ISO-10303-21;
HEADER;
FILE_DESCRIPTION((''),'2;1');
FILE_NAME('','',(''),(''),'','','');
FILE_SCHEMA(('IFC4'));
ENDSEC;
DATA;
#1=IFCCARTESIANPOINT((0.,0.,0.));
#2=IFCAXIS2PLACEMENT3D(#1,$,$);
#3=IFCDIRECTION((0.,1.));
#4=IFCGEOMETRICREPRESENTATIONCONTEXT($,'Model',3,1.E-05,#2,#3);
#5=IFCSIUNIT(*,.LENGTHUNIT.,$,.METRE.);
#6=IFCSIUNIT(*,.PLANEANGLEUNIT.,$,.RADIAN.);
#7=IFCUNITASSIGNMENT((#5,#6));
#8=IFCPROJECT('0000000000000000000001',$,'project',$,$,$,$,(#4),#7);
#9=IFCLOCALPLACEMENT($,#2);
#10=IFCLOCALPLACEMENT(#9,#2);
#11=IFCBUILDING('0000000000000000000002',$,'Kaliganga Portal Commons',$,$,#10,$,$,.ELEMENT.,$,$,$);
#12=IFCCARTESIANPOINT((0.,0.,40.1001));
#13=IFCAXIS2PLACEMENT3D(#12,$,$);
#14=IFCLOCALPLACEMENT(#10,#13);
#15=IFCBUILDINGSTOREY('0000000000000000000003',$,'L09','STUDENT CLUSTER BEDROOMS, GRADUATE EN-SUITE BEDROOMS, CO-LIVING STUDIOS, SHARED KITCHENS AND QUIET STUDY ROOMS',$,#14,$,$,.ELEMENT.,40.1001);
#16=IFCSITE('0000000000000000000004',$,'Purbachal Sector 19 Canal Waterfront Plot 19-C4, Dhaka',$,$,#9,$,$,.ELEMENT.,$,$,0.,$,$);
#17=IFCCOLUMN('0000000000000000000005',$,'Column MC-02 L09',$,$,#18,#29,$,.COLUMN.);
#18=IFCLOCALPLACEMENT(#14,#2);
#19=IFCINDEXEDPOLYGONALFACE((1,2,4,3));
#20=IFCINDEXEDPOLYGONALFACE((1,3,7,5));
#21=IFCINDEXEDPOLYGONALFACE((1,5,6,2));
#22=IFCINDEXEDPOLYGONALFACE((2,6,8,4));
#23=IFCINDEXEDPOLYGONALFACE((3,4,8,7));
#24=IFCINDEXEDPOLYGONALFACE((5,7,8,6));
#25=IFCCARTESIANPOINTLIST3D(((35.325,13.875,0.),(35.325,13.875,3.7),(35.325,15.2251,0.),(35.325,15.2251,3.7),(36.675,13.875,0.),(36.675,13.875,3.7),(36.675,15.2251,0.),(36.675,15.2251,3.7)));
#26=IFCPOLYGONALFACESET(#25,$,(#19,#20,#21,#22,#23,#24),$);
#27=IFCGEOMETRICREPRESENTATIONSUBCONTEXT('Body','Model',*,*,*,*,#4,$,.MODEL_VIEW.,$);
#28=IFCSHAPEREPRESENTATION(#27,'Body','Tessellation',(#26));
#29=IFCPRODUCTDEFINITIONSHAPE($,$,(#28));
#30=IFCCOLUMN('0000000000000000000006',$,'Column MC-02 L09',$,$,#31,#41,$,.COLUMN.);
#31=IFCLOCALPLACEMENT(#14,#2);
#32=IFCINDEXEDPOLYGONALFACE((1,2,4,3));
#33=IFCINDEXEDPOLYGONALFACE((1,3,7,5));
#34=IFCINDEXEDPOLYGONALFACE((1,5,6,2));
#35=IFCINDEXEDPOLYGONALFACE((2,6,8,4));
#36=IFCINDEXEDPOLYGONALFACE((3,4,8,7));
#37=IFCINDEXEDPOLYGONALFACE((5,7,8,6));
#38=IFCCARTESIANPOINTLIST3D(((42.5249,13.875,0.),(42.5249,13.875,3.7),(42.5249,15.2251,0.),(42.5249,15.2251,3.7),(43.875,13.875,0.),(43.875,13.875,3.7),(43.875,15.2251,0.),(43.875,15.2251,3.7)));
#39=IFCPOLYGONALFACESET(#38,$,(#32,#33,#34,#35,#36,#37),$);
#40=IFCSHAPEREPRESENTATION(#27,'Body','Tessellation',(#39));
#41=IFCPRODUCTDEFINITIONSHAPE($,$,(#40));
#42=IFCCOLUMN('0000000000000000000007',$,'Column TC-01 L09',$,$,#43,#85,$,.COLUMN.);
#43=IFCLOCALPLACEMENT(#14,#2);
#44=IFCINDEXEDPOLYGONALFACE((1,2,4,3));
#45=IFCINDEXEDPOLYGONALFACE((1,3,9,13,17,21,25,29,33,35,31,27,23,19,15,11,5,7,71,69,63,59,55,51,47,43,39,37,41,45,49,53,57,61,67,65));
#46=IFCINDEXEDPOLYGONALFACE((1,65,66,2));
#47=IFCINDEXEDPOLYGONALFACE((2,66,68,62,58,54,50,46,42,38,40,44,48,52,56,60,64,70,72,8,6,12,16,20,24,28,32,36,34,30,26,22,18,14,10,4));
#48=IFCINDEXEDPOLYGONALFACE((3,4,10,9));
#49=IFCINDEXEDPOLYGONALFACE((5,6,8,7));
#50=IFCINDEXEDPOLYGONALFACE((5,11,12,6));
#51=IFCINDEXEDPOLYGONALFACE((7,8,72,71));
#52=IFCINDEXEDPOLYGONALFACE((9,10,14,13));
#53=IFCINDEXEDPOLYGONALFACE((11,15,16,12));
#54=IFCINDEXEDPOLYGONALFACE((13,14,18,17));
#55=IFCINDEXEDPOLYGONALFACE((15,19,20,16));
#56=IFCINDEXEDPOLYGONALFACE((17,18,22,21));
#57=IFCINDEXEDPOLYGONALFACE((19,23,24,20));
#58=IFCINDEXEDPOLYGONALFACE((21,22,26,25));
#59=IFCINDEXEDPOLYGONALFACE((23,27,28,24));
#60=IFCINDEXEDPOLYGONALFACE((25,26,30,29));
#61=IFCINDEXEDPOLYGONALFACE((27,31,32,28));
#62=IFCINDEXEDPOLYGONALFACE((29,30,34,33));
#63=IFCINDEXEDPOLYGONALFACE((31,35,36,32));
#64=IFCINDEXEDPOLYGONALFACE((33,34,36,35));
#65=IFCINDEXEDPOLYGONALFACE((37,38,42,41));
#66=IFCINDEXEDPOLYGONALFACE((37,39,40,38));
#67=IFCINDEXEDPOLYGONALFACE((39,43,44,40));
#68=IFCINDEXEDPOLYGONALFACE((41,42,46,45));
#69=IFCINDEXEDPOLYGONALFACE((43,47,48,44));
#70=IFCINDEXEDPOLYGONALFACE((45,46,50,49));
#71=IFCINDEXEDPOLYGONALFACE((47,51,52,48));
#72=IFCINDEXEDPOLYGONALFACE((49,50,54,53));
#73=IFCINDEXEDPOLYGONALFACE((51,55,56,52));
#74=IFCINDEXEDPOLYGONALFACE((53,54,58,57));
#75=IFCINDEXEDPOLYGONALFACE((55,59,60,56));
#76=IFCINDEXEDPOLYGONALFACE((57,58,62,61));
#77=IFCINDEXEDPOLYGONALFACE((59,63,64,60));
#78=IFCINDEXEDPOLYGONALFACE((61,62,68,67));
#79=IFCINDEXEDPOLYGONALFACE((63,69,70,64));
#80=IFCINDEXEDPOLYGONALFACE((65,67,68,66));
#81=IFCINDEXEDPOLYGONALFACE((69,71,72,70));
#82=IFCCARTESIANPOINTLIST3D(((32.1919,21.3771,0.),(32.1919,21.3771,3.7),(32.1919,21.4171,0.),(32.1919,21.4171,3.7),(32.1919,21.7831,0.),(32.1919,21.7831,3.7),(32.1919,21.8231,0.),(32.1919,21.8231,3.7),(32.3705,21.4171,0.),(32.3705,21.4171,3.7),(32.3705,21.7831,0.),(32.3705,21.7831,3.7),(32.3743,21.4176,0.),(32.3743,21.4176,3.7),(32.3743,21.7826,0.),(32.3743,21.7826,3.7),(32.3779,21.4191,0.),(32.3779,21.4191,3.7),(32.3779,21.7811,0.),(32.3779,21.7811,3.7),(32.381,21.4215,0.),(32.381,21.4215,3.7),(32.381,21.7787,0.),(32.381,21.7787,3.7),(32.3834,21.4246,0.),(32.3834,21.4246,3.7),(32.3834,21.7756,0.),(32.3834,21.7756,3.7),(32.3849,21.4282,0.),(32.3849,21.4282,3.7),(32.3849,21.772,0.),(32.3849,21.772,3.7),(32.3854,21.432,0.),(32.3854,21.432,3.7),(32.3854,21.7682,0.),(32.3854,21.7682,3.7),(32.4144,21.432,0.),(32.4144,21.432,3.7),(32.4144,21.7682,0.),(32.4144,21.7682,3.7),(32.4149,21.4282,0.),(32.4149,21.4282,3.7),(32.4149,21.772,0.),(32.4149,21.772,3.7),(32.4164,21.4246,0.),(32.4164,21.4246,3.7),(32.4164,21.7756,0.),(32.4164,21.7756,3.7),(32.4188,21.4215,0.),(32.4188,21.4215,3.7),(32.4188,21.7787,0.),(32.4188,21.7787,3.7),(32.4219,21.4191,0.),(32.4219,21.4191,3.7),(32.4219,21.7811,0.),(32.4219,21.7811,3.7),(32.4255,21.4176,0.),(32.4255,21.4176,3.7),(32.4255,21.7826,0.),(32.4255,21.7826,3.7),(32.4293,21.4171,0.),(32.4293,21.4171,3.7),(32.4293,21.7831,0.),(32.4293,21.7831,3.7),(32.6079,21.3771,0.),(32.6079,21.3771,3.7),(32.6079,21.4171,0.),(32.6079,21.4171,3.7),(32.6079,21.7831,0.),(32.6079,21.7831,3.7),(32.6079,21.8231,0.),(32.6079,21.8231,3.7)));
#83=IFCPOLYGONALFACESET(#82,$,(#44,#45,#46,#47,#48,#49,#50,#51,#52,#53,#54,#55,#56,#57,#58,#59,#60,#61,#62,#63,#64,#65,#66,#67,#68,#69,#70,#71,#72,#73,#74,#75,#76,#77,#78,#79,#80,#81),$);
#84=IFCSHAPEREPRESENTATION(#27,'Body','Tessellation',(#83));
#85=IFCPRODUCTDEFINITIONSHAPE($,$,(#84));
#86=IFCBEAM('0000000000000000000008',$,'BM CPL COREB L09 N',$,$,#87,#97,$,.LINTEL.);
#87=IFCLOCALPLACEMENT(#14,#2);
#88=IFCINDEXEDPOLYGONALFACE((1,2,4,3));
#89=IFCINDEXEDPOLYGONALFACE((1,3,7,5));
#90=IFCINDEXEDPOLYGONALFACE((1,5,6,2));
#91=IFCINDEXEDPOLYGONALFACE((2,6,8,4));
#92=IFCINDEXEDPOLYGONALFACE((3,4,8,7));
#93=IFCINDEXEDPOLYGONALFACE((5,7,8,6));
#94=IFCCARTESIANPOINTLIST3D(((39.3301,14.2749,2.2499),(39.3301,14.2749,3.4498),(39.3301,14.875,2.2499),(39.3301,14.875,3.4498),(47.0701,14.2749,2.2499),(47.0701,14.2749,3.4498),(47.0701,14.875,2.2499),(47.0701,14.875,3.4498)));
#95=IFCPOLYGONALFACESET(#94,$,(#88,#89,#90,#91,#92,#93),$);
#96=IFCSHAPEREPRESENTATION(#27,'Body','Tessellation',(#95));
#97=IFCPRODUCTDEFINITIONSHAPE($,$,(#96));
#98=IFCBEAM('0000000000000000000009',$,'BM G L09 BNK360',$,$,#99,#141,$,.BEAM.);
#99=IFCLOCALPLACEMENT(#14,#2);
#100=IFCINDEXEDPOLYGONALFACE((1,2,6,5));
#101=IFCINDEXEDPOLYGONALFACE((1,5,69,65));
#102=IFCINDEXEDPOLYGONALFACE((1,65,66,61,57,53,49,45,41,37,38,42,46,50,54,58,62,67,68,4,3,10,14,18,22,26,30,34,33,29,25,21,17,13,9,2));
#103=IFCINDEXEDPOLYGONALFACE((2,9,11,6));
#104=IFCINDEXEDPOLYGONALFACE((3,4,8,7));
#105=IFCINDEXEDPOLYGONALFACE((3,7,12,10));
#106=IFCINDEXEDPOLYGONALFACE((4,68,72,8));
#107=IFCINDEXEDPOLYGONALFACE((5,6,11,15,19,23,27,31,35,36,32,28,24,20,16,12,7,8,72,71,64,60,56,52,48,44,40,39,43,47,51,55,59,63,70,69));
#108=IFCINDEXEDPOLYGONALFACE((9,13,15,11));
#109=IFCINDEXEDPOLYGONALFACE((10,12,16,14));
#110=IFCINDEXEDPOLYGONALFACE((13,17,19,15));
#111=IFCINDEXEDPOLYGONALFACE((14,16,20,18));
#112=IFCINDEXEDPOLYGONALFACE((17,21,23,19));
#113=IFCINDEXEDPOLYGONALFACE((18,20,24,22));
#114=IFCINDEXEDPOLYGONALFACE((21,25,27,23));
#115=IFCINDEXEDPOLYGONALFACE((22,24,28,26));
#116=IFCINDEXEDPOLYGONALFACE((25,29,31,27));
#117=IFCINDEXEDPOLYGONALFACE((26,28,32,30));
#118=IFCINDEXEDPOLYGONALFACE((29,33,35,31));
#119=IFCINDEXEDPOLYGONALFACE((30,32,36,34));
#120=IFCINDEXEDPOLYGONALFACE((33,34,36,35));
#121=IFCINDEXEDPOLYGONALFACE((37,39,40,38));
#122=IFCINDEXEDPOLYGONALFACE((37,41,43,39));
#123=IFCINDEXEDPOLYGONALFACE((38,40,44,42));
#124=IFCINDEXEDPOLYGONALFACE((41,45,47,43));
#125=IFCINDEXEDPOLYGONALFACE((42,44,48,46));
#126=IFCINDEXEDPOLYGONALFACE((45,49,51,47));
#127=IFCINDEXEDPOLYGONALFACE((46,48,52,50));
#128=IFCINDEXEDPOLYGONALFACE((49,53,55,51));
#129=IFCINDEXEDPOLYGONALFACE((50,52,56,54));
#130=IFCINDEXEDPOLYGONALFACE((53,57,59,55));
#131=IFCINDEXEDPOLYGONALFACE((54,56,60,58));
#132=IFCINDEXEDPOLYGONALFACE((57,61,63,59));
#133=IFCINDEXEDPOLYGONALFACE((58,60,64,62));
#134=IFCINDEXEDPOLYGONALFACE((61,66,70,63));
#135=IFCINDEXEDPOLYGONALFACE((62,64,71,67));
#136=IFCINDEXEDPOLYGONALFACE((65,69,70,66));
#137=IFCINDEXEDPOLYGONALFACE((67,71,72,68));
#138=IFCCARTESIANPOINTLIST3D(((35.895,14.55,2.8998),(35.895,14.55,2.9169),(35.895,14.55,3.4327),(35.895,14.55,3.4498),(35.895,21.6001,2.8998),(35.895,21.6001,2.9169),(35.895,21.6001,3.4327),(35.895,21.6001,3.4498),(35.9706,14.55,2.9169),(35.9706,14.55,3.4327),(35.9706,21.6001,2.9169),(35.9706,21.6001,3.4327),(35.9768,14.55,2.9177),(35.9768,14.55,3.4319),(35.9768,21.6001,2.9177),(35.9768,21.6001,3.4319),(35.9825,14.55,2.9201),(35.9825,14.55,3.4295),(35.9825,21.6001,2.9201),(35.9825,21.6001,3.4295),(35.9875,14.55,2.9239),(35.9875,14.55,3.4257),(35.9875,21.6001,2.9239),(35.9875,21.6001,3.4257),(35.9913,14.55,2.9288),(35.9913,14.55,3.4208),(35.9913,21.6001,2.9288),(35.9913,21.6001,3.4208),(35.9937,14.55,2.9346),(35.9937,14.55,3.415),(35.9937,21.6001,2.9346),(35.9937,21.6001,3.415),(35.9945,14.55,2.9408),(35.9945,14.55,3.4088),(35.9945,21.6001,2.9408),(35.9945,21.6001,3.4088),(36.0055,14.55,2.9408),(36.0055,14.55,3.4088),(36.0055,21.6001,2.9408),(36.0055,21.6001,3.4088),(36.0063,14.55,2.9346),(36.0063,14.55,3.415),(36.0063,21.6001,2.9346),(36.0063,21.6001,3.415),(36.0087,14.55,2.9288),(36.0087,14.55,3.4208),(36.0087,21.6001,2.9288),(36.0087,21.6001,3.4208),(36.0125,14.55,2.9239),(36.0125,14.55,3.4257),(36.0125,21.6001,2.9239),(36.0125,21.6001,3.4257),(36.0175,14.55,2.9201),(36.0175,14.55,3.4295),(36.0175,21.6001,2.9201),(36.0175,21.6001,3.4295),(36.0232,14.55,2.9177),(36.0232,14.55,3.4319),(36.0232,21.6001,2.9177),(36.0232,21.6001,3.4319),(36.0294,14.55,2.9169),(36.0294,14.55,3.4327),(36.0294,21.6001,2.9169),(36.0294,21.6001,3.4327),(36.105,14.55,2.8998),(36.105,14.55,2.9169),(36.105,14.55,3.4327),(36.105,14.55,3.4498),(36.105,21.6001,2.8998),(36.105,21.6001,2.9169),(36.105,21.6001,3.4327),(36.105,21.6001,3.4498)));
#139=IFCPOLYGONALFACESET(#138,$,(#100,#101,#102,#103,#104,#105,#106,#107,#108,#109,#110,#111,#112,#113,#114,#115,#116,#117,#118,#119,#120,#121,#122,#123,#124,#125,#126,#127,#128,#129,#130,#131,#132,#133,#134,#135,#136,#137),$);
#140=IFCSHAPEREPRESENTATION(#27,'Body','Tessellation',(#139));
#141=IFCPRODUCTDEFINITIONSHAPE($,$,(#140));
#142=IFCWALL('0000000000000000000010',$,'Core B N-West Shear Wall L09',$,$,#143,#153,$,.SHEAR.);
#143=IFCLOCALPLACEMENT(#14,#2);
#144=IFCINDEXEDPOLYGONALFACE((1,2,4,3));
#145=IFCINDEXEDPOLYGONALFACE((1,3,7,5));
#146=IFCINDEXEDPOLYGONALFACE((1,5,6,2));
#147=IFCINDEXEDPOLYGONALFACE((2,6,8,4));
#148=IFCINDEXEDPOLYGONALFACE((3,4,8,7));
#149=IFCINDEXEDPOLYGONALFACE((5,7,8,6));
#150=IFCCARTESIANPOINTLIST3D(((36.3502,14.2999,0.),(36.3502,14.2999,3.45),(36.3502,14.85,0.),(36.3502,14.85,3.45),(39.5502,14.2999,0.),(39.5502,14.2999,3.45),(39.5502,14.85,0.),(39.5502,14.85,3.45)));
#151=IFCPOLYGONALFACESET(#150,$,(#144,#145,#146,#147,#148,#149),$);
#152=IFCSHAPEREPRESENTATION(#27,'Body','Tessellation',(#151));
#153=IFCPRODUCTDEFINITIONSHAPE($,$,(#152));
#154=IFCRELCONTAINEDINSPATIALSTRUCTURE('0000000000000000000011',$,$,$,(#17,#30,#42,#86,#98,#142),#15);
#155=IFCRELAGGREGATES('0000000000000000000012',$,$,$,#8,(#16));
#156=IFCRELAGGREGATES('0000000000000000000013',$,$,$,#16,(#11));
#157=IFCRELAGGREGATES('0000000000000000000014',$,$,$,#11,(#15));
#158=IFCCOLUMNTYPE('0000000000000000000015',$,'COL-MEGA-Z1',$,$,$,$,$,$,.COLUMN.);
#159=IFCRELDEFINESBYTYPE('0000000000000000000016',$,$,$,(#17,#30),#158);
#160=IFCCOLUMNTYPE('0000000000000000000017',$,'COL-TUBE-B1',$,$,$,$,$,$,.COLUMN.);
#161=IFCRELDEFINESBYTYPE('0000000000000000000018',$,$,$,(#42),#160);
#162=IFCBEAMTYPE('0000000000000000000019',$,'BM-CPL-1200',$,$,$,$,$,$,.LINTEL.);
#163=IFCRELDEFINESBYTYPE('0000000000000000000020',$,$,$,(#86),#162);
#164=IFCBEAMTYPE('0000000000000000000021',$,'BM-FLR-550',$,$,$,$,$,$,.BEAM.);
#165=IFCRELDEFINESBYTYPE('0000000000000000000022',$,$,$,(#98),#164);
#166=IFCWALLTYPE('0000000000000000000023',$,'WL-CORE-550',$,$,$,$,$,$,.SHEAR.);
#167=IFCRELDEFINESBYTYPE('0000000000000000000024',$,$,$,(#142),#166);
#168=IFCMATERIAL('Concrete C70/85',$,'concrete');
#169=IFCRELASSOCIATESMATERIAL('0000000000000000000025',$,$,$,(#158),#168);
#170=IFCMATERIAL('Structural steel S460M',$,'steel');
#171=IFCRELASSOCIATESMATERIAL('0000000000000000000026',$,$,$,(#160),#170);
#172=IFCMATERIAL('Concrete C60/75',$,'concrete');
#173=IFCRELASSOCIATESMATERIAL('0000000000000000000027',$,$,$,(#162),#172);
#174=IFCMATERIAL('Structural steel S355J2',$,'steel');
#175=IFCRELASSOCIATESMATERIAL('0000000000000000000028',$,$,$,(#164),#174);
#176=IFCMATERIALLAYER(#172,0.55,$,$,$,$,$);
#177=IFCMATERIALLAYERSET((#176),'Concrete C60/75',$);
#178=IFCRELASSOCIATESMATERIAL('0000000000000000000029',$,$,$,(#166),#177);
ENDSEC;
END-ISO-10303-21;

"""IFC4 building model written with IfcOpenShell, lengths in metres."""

from ifc_helpers import new_model, si_unit, direction, frame, frame_2d, origin, origin_2d, place, context, subcontext, project, spatial, rectangle, i_section, extrude, source, transform, mapped, material, layer, layer_set, material_profile, profile_set, type_object, element, save


model = new_model("IFC4")

# Units and contexts
model_context = context("Model", 3, precision=1e-05, world=origin(), true_north=direction((0.0, 1.0)))
body_context = subcontext(model_context, "Body", "Model", "MODEL_VIEW")
ifc_project = project(units=[si_unit("LENGTHUNIT", "METRE"), si_unit("PLANEANGLEUNIT", "RADIAN")], contexts=[model_context])

# Site, building, storey
site_placement = place(None, origin())
site = spatial("IfcSite", under=ifc_project, at=site_placement, Name="Purbachal Sector 19 Canal Waterfront Plot 19-C4, Dhaka", CompositionType="ELEMENT", RefElevation=0.0)
building_placement = place(site_placement, origin())
building = spatial("IfcBuilding", under=site, at=building_placement, Name="Kaliganga Portal Commons", CompositionType="ELEMENT")
storey_placement = place(building_placement, frame((0.0, 0.0, 40.1001)))
storey = spatial("IfcBuildingStorey", under=building, at=storey_placement, Name="L09", Description="STUDENT CLUSTER BEDROOMS, GRADUATE EN-SUITE BEDROOMS, CO-LIVING STUDIOS, SHARED KITCHENS AND QUIET STUDY ROOMS", CompositionType="ELEMENT", Elevation=40.1001)

# Columns
ifc_material_1 = material(Name="Concrete C70/85", Category="concrete")
ifc_material_profile_1 = material_profile(ifc_material_1, rectangle(XDim=1.3501, YDim=1.3501, at=origin_2d()), Name="RC 1350x1350")
ifc_profile_set_1 = profile_set([ifc_material_profile_1], Name="Concrete C70/85")
column_type_1 = type_object("IfcColumnType", Name="COL-MEGA-Z1", PredefinedType="COLUMN", material=ifc_profile_set_1)
shared_shape_1 = source(origin(), body_context, "Body", "SweptSolid", [
    extrude(rectangle(XDim=1.3501, YDim=1.3501, at=origin_2d()), origin(), (0.0, 0.0, 1.0), 3.7),
])
for number, where, z_axis, x_axis, name in (
    (1, (36.0, 14.55, 0.0), (0.0, 0.0, 1.0), (1.0, 0.0, 0.0), "Column MC-02 L09"),
    (2, (43.2, 14.55, 0.0), (0.0, 0.0, 1.0), (1.0, 0.0, 0.0), "Column MC-02 L09"),
):
    element("IfcColumn", number, at=place(storey_placement, frame(where, z_axis=z_axis, x_axis=x_axis)), inside=storey, type_object=column_type_1, Name=name, PredefinedType="COLUMN", context=body_context, shape_type="MappedRepresentation", body=[
        mapped(shared_shape_1, transform((0.0, 0.0, 0.0), x_axis=(1.0, 0.0, 0.0), y_axis=(0.0, 1.0, 0.0), z_axis=(0.0, 0.0, 1.0), scale=1.0)),
    ])
ifc_material_2 = material(Name="Structural steel S460M", Category="steel")
ifc_material_profile_2 = material_profile(ifc_material_2, i_section(OverallWidth=0.416, OverallDepth=0.446, WebThickness=0.0291, FlangeThickness=0.04, FilletRadius=0.0149, at=origin_2d()), Name="HD 400x509")
ifc_profile_set_2 = profile_set([ifc_material_profile_2], Name="Structural steel S460M wide-flange")
column_type_2 = type_object("IfcColumnType", Name="COL-TUBE-B1", PredefinedType="COLUMN", material=ifc_profile_set_2)
shared_shape_2 = source(origin(), body_context, "Body", "SweptSolid", [
    extrude(i_section(OverallWidth=0.416, OverallDepth=0.446, WebThickness=0.0291, FlangeThickness=0.04, FilletRadius=0.0149, at=origin_2d()), origin(), (0.0, 0.0, 1.0), 3.7),
])
column_placement = place(storey_placement, frame((32.3999, 21.6001, 0.0), z_axis=(0.0, 0.0, 1.0), x_axis=(1.0, 0.0, 0.0)))
element("IfcColumn", 3, at=column_placement, inside=storey, type_object=column_type_2, Name="Column TC-01 L09", PredefinedType="COLUMN", context=body_context, shape_type="MappedRepresentation", body=[
    mapped(shared_shape_2, transform((0.0, 0.0, 0.0), x_axis=(1.0, 0.0, 0.0), y_axis=(0.0, 1.0, 0.0), z_axis=(0.0, 0.0, 1.0), scale=1.0)),
])

# Beams
ifc_material_3 = material(Name="Concrete C60/75", Category="concrete")
ifc_material_profile_3 = material_profile(ifc_material_3, rectangle(XDim=0.6001, YDim=1.2, at=origin_2d()), Name="RC 600x1200")
ifc_profile_set_3 = profile_set([ifc_material_profile_3], Name="Concrete C60/75")
beam_type_1 = type_object("IfcBeamType", Name="BM-CPL-1200", PredefinedType="LINTEL", material=ifc_profile_set_3)
shared_shape_3 = source(origin(), body_context, "Body", "SweptSolid", [
    extrude(rectangle(XDim=0.6001, YDim=1.2, at=origin_2d()), origin(), (0.0, 0.0, 1.0), 7.74),
])
beam_1_placement = place(storey_placement, frame((39.3301, 14.575, 2.8499), z_axis=(1.0, 0.0, 0.0), x_axis=(0.0, 1.0, 0.0)))
element("IfcBeam", 4, at=beam_1_placement, inside=storey, type_object=beam_type_1, Name="BM CPL COREB L09 N", PredefinedType="LINTEL", context=body_context, shape_type="MappedRepresentation", body=[
    mapped(shared_shape_3, transform((0.0, 0.0, 0.0), x_axis=(1.0, 0.0, 0.0), y_axis=(0.0, 1.0, 0.0), z_axis=(0.0, 0.0, 1.0), scale=1.0)),
])
ifc_material_4 = material(Name="Structural steel S355J2", Category="steel")
ifc_material_profile_4 = material_profile(ifc_material_4, i_section(OverallWidth=0.21, OverallDepth=0.55, WebThickness=0.011, FlangeThickness=0.0171, FilletRadius=0.0239, at=origin_2d()), Name="IPE 550")
ifc_profile_set_4 = profile_set([ifc_material_profile_4], Name="Structural steel S355J2 wide-flange")
beam_type_2 = type_object("IfcBeamType", Name="BM-FLR-550", PredefinedType="BEAM", material=ifc_profile_set_4)
shared_shape_4 = source(origin(), body_context, "Body", "SweptSolid", [
    extrude(i_section(OverallWidth=0.21, OverallDepth=0.55, WebThickness=0.011, FlangeThickness=0.0171, FilletRadius=0.0239, at=origin_2d()), origin(), (0.0, 0.0, 1.0), 7.05),
])
beam_2_placement = place(storey_placement, frame((36.0, 14.55, 3.1748), z_axis=(0.0, 1.0, 0.0), x_axis=(-1.0, 0.0, 0.0)))
element("IfcBeam", 5, at=beam_2_placement, inside=storey, type_object=beam_type_2, Name="BM G L09 BNK360", PredefinedType="BEAM", context=body_context, shape_type="MappedRepresentation", body=[
    mapped(shared_shape_4, transform((0.0, 0.0, 0.0), x_axis=(1.0, 0.0, 0.0), y_axis=(0.0, 1.0, 0.0), z_axis=(0.0, 0.0, 1.0), scale=1.0)),
])

# Wall
ifc_layer_1 = layer(ifc_material_3, 0.55)
ifc_layer_set_1 = layer_set([ifc_layer_1], Name="Concrete C60/75")
wall_type_1 = type_object("IfcWallType", Name="WL-CORE-550", PredefinedType="SHEAR", material=ifc_layer_set_1)
wall_1_placement = place(storey_placement, frame((36.3501, 14.575, 0.0), z_axis=(0.0, 0.0, 1.0), x_axis=(1.0, 0.0, 0.0)))
element("IfcWall", 6, at=wall_1_placement, inside=storey, type_object=wall_type_1, Name="Core B N-West Shear Wall L09", PredefinedType="SHEAR", context=body_context, shape_type="SweptSolid", body=[
    extrude(rectangle(XDim=3.2, YDim=0.55, at=frame_2d((1.6001, 0.0))), origin(), (0.0, 0.0, 1.0), 3.45),
])

save(model, "model.ifc")
